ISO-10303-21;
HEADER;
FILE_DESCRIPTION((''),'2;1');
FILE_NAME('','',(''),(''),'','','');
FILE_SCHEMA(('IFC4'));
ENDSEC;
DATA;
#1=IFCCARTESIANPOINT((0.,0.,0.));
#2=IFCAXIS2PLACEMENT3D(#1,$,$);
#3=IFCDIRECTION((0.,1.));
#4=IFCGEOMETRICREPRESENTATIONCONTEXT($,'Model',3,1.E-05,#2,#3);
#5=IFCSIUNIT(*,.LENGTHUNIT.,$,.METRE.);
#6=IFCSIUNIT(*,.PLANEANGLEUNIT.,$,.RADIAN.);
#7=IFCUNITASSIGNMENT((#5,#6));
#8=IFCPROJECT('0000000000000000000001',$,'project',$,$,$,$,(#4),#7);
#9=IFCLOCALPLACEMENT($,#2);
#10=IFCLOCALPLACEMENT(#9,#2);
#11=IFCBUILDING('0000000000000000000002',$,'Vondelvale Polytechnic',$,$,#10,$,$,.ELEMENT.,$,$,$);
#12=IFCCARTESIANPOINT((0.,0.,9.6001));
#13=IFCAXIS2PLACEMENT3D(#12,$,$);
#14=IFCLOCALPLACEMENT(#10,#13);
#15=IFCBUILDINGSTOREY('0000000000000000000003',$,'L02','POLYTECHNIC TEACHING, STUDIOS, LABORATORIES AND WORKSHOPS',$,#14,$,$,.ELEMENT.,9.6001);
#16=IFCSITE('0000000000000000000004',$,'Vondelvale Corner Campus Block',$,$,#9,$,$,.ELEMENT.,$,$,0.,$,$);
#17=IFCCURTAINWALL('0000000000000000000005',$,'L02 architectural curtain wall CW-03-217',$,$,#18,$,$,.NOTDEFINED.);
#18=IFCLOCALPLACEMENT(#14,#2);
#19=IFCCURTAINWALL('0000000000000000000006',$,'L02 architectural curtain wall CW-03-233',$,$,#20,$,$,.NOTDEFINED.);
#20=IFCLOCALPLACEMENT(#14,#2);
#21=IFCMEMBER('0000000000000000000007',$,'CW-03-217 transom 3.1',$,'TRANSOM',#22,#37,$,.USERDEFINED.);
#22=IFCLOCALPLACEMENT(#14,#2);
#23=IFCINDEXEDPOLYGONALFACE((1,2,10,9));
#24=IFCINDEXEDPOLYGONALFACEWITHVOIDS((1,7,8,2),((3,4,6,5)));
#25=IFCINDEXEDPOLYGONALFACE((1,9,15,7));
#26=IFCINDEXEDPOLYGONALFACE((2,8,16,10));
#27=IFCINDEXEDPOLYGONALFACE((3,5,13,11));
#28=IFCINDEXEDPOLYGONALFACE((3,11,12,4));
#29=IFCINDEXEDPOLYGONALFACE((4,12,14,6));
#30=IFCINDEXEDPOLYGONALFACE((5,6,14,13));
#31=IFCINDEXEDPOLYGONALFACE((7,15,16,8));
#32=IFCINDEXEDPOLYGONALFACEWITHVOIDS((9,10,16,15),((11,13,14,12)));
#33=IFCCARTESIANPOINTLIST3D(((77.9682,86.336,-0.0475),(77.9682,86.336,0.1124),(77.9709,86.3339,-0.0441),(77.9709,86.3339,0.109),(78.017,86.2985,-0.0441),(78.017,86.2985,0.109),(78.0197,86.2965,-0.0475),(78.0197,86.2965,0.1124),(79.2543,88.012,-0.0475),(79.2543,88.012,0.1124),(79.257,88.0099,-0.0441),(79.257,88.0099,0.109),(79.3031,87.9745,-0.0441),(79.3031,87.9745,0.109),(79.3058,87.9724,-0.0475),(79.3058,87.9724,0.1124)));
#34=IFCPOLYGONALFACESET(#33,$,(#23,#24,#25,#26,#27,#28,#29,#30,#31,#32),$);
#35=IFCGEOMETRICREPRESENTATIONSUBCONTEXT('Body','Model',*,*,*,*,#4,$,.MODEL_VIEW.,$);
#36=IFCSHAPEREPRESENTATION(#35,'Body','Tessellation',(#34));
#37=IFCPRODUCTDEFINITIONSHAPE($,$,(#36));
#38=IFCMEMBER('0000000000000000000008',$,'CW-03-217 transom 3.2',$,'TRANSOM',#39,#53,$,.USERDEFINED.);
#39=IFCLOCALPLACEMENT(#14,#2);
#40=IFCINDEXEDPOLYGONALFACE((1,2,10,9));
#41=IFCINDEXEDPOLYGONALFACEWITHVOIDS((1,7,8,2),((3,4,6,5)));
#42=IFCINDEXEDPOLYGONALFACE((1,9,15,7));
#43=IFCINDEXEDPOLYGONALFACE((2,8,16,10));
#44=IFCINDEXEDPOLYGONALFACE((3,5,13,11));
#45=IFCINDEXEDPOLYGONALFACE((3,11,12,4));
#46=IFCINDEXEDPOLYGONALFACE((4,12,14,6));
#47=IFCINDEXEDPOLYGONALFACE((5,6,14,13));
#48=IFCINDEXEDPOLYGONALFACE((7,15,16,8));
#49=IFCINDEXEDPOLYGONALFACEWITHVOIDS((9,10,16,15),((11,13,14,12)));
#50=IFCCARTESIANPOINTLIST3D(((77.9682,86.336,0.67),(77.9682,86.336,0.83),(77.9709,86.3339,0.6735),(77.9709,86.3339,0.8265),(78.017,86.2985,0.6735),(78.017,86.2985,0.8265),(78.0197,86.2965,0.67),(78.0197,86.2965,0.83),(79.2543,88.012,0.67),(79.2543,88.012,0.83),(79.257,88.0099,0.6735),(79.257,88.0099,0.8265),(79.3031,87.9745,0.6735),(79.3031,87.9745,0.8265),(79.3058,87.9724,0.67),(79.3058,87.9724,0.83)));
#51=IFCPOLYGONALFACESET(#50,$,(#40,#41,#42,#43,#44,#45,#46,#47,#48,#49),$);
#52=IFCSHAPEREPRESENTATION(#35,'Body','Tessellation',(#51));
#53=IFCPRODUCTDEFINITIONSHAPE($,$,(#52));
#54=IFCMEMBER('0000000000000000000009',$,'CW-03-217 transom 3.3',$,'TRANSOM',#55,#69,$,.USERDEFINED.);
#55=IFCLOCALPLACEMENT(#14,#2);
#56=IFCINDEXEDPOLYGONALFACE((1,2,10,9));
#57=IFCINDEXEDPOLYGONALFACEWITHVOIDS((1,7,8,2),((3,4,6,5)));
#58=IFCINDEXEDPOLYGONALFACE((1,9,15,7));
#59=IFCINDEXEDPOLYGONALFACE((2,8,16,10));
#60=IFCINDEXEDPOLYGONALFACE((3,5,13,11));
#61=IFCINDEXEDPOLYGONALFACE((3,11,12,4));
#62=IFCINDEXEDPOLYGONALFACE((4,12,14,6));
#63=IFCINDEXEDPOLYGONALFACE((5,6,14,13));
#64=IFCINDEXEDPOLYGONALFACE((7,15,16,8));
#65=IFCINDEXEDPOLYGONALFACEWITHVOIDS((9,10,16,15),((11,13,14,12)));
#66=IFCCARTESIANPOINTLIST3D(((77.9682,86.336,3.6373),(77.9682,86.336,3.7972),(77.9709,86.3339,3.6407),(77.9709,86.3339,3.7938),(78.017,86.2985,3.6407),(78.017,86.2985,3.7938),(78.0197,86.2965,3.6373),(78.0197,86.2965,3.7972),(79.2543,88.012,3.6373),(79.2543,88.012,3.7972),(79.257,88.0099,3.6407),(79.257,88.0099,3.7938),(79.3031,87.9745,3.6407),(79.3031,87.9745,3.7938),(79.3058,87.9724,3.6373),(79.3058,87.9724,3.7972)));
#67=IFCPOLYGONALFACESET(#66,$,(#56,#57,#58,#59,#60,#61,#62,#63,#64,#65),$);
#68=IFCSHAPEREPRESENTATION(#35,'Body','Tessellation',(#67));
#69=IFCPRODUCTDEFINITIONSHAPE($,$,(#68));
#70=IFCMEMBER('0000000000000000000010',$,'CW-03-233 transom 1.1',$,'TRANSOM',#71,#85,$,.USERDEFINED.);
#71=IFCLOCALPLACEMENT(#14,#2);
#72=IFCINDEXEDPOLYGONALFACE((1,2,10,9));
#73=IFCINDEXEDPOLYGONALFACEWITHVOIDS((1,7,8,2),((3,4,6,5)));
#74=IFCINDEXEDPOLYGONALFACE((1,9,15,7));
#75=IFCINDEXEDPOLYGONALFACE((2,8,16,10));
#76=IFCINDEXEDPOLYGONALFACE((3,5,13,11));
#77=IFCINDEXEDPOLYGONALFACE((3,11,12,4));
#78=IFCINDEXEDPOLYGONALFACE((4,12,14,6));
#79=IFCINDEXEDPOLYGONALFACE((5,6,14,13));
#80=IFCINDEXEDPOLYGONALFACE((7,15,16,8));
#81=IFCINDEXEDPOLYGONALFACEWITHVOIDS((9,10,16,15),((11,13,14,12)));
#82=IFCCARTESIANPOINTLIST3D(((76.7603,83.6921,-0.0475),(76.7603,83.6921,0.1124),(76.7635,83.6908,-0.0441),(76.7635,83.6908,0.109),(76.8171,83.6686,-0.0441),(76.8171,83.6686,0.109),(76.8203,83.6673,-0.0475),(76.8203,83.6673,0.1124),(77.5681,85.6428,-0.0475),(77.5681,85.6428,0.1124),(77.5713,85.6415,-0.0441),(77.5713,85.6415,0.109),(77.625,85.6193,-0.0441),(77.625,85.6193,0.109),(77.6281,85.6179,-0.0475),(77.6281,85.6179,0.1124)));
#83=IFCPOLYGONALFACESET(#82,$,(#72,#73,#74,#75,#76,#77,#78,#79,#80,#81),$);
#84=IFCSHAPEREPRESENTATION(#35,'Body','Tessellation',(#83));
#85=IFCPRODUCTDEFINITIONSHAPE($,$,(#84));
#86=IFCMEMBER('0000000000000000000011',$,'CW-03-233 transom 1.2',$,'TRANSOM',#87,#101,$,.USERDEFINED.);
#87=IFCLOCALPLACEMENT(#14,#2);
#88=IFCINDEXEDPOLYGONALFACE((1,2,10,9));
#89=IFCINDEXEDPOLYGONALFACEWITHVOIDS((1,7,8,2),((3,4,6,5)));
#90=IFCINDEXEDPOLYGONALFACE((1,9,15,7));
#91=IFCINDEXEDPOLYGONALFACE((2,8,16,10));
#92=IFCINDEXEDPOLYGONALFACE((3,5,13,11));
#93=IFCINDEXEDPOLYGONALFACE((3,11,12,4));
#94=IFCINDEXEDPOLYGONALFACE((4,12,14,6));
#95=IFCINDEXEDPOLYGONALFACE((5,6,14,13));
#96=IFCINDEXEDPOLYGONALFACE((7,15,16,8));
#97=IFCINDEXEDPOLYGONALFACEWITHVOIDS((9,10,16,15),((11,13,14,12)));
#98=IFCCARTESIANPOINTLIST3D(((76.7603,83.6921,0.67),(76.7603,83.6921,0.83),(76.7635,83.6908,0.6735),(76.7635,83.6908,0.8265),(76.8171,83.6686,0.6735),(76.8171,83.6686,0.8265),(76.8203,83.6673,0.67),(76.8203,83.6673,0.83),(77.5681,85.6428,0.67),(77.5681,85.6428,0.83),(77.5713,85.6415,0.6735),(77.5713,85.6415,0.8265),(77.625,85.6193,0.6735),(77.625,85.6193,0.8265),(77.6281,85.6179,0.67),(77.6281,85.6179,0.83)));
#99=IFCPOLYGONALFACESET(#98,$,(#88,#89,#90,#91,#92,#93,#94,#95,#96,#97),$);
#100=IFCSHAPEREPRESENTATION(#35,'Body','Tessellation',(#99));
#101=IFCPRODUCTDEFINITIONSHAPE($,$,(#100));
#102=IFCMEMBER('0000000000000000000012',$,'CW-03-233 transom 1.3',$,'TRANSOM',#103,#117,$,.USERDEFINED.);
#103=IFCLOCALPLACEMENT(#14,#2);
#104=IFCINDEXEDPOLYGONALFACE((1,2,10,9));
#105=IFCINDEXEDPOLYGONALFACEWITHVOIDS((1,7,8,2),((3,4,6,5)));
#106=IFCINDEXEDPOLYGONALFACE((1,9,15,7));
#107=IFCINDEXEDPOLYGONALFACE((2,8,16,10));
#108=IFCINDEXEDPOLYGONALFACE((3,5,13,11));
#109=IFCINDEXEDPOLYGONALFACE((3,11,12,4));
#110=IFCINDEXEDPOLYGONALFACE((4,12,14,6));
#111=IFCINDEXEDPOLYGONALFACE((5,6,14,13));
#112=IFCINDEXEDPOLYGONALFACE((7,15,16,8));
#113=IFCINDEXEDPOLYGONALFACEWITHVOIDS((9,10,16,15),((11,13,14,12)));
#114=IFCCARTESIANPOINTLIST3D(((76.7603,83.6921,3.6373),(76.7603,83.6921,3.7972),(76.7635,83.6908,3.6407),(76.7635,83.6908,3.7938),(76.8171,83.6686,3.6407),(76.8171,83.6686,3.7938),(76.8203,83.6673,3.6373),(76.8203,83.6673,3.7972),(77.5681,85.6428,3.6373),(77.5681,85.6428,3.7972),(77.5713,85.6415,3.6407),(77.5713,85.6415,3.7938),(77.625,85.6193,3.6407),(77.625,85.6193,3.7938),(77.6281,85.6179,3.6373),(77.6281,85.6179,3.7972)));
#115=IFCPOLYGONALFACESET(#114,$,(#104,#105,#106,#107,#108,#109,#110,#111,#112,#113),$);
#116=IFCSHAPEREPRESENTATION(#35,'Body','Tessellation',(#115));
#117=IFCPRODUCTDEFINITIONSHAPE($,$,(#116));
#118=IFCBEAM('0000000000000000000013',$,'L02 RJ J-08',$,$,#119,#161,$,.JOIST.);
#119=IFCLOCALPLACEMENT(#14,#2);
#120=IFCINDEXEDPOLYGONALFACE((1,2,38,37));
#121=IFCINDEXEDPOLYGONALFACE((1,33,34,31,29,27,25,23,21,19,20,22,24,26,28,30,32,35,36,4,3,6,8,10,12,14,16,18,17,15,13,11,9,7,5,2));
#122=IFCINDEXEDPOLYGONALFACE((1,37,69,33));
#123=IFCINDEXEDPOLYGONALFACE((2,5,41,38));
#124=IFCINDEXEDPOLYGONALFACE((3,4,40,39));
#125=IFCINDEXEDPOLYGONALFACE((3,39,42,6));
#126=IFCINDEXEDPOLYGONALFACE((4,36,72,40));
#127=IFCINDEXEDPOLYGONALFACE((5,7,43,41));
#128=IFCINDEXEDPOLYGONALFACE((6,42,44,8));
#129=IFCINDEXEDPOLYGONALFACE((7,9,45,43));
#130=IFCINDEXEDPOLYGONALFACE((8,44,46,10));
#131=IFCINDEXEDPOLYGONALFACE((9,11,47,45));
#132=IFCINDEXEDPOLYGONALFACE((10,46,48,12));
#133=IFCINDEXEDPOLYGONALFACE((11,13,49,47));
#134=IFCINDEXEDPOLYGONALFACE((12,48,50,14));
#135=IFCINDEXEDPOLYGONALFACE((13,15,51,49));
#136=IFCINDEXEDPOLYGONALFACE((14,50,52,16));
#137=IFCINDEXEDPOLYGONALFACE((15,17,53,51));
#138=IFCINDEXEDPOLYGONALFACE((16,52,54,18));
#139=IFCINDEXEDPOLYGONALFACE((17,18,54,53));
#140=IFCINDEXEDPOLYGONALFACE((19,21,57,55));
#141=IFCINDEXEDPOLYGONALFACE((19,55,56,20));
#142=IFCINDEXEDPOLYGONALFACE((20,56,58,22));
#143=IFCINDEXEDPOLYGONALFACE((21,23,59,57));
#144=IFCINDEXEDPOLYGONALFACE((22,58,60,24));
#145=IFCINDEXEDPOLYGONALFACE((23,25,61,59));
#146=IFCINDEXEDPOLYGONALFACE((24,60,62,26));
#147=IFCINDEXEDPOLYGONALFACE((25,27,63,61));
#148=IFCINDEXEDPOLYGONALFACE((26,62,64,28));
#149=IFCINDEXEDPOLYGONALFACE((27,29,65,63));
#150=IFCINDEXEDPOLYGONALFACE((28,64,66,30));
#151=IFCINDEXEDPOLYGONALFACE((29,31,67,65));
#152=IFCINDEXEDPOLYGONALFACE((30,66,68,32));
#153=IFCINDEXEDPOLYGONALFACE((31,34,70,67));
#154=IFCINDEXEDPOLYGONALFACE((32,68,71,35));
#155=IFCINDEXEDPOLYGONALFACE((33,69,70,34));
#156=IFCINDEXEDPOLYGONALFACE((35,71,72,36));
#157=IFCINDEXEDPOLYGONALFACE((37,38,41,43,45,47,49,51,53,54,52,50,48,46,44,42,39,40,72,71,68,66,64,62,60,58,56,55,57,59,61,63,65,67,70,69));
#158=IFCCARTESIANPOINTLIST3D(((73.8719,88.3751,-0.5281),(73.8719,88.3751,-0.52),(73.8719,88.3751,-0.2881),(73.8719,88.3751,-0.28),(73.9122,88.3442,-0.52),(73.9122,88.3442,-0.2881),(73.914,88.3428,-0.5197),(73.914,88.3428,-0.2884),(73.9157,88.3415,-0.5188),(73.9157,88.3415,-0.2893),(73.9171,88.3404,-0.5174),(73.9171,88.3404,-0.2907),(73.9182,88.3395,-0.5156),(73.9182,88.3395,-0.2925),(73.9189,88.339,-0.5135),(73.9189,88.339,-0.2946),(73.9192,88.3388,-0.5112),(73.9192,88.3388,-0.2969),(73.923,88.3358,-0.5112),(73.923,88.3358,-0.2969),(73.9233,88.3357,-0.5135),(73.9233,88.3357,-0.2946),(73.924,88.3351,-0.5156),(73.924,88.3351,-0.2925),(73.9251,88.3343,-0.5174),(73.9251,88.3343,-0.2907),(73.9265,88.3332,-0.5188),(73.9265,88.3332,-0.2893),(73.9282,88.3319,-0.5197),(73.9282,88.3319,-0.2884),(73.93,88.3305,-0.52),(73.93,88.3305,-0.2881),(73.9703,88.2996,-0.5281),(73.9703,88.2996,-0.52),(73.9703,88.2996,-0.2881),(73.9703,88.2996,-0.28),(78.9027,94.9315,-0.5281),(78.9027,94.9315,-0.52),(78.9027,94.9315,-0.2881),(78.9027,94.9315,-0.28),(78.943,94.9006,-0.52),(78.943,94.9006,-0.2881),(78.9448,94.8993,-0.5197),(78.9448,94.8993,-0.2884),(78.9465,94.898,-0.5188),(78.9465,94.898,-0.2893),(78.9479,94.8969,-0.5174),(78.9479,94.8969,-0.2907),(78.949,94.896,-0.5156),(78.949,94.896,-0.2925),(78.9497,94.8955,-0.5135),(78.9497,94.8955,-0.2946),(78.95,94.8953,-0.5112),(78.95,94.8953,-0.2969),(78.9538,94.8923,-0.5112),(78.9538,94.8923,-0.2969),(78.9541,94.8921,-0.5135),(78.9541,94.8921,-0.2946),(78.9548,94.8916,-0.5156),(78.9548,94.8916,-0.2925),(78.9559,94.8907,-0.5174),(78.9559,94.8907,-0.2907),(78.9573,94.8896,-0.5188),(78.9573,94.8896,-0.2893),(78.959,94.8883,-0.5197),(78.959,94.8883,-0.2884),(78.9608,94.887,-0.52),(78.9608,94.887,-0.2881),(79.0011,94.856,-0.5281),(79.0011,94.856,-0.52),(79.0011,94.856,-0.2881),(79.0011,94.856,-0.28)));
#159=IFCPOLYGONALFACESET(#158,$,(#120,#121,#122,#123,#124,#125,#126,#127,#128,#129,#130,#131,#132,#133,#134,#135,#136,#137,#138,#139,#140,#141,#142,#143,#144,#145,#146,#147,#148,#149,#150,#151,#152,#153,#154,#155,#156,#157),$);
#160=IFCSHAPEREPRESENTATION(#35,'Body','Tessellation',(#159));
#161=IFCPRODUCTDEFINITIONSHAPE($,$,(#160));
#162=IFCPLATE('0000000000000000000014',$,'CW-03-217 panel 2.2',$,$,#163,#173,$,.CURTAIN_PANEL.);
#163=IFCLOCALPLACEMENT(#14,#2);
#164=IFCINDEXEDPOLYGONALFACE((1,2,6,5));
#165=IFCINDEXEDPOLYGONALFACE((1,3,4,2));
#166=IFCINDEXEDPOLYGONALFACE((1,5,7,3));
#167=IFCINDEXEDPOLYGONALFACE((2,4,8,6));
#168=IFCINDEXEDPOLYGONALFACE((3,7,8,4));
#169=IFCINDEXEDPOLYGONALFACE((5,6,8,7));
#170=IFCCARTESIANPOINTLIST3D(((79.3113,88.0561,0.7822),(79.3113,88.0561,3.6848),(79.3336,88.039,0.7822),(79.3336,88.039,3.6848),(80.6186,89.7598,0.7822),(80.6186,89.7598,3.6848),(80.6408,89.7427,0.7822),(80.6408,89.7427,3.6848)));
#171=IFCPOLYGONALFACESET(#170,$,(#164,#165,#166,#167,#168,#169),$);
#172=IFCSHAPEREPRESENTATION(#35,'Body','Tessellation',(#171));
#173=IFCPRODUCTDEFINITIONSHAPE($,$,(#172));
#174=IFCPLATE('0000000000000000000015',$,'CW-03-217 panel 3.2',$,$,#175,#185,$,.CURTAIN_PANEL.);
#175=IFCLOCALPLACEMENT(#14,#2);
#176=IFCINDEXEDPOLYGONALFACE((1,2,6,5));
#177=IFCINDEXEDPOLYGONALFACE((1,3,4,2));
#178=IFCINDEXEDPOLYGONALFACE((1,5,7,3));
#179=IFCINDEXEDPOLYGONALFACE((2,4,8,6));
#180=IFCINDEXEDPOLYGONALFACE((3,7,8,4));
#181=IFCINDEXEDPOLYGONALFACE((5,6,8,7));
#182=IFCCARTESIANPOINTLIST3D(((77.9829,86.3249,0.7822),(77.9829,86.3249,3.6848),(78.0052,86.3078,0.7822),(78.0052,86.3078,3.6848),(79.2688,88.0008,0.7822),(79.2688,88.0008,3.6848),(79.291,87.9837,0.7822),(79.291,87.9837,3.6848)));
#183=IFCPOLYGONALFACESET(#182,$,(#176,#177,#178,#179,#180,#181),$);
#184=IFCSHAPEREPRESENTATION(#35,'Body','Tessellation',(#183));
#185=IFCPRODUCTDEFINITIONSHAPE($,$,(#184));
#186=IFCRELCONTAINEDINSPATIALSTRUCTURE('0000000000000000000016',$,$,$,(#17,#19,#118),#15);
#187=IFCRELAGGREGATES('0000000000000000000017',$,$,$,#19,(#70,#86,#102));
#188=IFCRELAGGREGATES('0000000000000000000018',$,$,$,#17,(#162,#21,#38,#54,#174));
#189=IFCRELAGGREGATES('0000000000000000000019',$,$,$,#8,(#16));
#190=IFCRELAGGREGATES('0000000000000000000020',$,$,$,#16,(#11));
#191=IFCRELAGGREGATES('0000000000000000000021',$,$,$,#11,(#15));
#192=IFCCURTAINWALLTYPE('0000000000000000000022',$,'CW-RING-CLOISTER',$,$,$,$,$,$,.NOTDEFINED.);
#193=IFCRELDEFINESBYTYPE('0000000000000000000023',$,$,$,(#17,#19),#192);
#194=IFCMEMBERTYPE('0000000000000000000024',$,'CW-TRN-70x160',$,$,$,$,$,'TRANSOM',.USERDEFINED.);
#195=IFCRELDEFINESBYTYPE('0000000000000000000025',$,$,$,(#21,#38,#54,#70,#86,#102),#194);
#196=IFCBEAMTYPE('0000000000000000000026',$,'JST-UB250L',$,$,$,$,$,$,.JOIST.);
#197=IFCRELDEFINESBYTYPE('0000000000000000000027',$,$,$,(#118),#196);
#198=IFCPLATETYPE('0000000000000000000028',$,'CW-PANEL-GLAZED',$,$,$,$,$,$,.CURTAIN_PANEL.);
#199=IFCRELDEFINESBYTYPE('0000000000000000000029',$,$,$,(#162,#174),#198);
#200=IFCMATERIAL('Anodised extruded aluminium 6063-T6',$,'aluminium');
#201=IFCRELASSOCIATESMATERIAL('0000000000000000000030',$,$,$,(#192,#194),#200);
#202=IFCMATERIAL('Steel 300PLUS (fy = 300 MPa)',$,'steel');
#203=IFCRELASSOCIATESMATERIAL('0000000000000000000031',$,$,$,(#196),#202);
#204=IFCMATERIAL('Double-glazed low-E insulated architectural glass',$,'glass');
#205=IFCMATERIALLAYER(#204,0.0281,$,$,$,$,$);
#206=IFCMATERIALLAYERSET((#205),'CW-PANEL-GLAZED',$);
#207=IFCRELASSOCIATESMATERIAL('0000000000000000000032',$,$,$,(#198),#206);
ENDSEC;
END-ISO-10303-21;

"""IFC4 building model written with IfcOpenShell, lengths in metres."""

from ifc_helpers import new_model, si_unit, direction, frame, origin, origin_2d, place, context, subcontext, project, spatial, rectangle, hollow_rectangle, i_section, extrude, material, layer, layer_set, material_profile, profile_set, type_object, element, aggregate, save


model = new_model("IFC4")

# Units and contexts
model_context = context("Model", 3, precision=1e-05, world=origin(), true_north=direction((0.0, 1.0)))
body_context = subcontext(model_context, "Body", "Model", "MODEL_VIEW")
ifc_project = project(units=[si_unit("LENGTHUNIT", "METRE"), si_unit("PLANEANGLEUNIT", "RADIAN")], contexts=[model_context])

# Site, building, storey
site_placement = place(None, origin())
site = spatial("IfcSite", under=ifc_project, at=site_placement, Name="Vondelvale Corner Campus Block", CompositionType="ELEMENT", RefElevation=0.0)
building_placement = place(site_placement, origin())
building = spatial("IfcBuilding", under=site, at=building_placement, Name="Vondelvale Polytechnic", CompositionType="ELEMENT")
storey_placement = place(building_placement, frame((0.0, 0.0, 9.6001)))
storey = spatial("IfcBuildingStorey", under=building, at=storey_placement, Name="L02", Description="POLYTECHNIC TEACHING, STUDIOS, LABORATORIES AND WORKSHOPS", CompositionType="ELEMENT", Elevation=9.6001)

# Shared definitions
ifc_material_1 = material(Name="Steel 300PLUS (fy = 300 MPa)", Category="steel")

# Curtain wall
ifc_material_2 = material(Name="Anodised extruded aluminium 6063-T6", Category="aluminium")
curtain_wall_type = type_object("IfcCurtainWallType", Name="CW-RING-CLOISTER", PredefinedType="NOTDEFINED", material=ifc_material_2)
curtain_wall_1_placement = place(storey_placement, origin())
curtain_wall_1 = element("IfcCurtainWall", 1, at=curtain_wall_1_placement, inside=storey, type_object=curtain_wall_type, Name="L02 architectural curtain wall CW-03-217", PredefinedType="NOTDEFINED")

# Curtain wall
curtain_wall_2_placement = place(storey_placement, origin())
curtain_wall_2 = element("IfcCurtainWall", 2, at=curtain_wall_2_placement, inside=storey, type_object=curtain_wall_type, Name="L02 architectural curtain wall CW-03-233", PredefinedType="NOTDEFINED")

# Members
ifc_material_profile_1 = material_profile(ifc_material_2, hollow_rectangle(XDim=0.0649, YDim=0.1599, WallThickness=0.0034, at=origin_2d()), Name="CW-TRN-160x65")
ifc_profile_set_1 = profile_set([ifc_material_profile_1], Name="Anodised extruded aluminium 6063-T6")
member_type_1 = type_object("IfcMemberType", Name="CW-TRN-70x160", ElementType="TRANSOM", PredefinedType="USERDEFINED", material=ifc_profile_set_1)
member_1_placement = place(storey_placement, frame((79.28, 87.9922, 0.0325), z_axis=(-0.608783, -0.793337, 0.0), x_axis=(0.793337, -0.608783, 0.0)))
member_1 = element("IfcMember", 3, at=member_1_placement, type_object=member_type_1, Name="CW-03-217 transom 3.1", ObjectType="TRANSOM", PredefinedType="USERDEFINED", context=body_context, shape_type="SweptSolid", body=[
    extrude(hollow_rectangle(XDim=0.0649, YDim=0.1599, WallThickness=0.0034, at=origin_2d()), origin(), (0.0, 0.0, 1.0), 2.1125),
])
member_2_placement = place(storey_placement, frame((79.28, 87.9922, 0.75), z_axis=(-0.608783, -0.793337, 0.0), x_axis=(0.793337, -0.608783, 0.0)))
member_2 = element("IfcMember", 4, at=member_2_placement, type_object=member_type_1, Name="CW-03-217 transom 3.2", ObjectType="TRANSOM", PredefinedType="USERDEFINED", context=body_context, shape_type="SweptSolid", body=[
    extrude(hollow_rectangle(XDim=0.0649, YDim=0.1599, WallThickness=0.0034, at=origin_2d()), origin(), (0.0, 0.0, 1.0), 2.1125),
])
member_3_placement = place(storey_placement, frame((79.28, 87.9922, 3.7173), z_axis=(-0.608783, -0.793337, 0.0), x_axis=(0.793337, -0.608783, 0.0)))
member_3 = element("IfcMember", 5, at=member_3_placement, type_object=member_type_1, Name="CW-03-217 transom 3.3", ObjectType="TRANSOM", PredefinedType="USERDEFINED", context=body_context, shape_type="SweptSolid", body=[
    extrude(hollow_rectangle(XDim=0.0649, YDim=0.1599, WallThickness=0.0034, at=origin_2d()), origin(), (0.0, 0.0, 1.0), 2.1125),
])
member_4_placement = place(storey_placement, frame((77.5981, 85.6304, 0.0325), z_axis=(-0.382628, -0.923903, 0.0), x_axis=(0.923903, -0.382628, 0.0)))
member_4 = element("IfcMember", 6, at=member_4_placement, type_object=member_type_1, Name="CW-03-233 transom 1.1", ObjectType="TRANSOM", PredefinedType="USERDEFINED", context=body_context, shape_type="SweptSolid", body=[
    extrude(hollow_rectangle(XDim=0.0649, YDim=0.1599, WallThickness=0.0034, at=origin_2d()), origin(), (0.0, 0.0, 1.0), 2.1113),
])
member_5_placement = place(storey_placement, frame((77.5981, 85.6304, 0.75), z_axis=(-0.382628, -0.923903, 0.0), x_axis=(0.923903, -0.382628, 0.0)))
member_5 = element("IfcMember", 7, at=member_5_placement, type_object=member_type_1, Name="CW-03-233 transom 1.2", ObjectType="TRANSOM", PredefinedType="USERDEFINED", context=body_context, shape_type="SweptSolid", body=[
    extrude(hollow_rectangle(XDim=0.0649, YDim=0.1599, WallThickness=0.0034, at=origin_2d()), origin(), (0.0, 0.0, 1.0), 2.1113),
])
member_6_placement = place(storey_placement, frame((77.5981, 85.6304, 3.7173), z_axis=(-0.382628, -0.923903, 0.0), x_axis=(0.923903, -0.382628, 0.0)))
member_6 = element("IfcMember", 8, at=member_6_placement, type_object=member_type_1, Name="CW-03-233 transom 1.3", ObjectType="TRANSOM", PredefinedType="USERDEFINED", context=body_context, shape_type="SweptSolid", body=[
    extrude(hollow_rectangle(XDim=0.0649, YDim=0.1599, WallThickness=0.0034, at=origin_2d()), origin(), (0.0, 0.0, 1.0), 2.1113),
])

# Beam
ifc_material_profile_2 = material_profile(ifc_material_1, i_section(OverallWidth=0.124, OverallDepth=0.248, WebThickness=0.0049, FlangeThickness=0.0081, FilletRadius=0.0088, at=origin_2d()), Name="250UB25.7")
ifc_profile_set_2 = profile_set([ifc_material_profile_2], Name="Steel 300PLUS (fy = 300 MPa)")
beam_type_1 = type_object("IfcBeamType", Name="JST-UB250L", PredefinedType="JOIST", material=ifc_profile_set_2)
beam_1_placement = place(storey_placement, frame((78.9519, 94.8938, -0.4041), z_axis=(-0.608751, -0.793361, 0.0), x_axis=(0.793361, -0.608751, 0.0)))
element("IfcBeam", 9, at=beam_1_placement, inside=storey, type_object=beam_type_1, Name="L02 RJ J-08", PredefinedType="JOIST", context=body_context, shape_type="SweptSolid", body=[
    extrude(i_section(OverallWidth=0.124, OverallDepth=0.248, WebThickness=0.0049, FlangeThickness=0.0081, FilletRadius=0.0088, at=origin_2d()), origin(), (0.0, 0.0, 1.0), 8.2642),
])

# Plates
ifc_material_3 = material(Name="Double-glazed low-E insulated architectural glass", Category="glass")
ifc_layer_1 = layer(ifc_material_3, 0.0281)
ifc_layer_set_1 = layer_set([ifc_layer_1], Name="CW-PANEL-GLAZED")
plate_type_1 = type_object("IfcPlateType", Name="CW-PANEL-GLAZED", PredefinedType="CURTAIN_PANEL", material=ifc_layer_set_1)
plate_1_placement = place(storey_placement, frame((79.9761, 88.8994, 0.7822), z_axis=(0.0, 0.0, 1.0), x_axis=(-0.608748, -0.793364, 0.0)))
plate_1 = element("IfcPlate", 10, at=plate_1_placement, type_object=plate_type_1, Name="CW-03-217 panel 2.2", PredefinedType="CURTAIN_PANEL", context=body_context, shape_type="SweptSolid", body=[
    extrude(rectangle(XDim=2.1475, YDim=0.0281, at=origin_2d()), origin(), (0.0, 0.0, 1.0), 2.9026),
])
plate_2_placement = place(storey_placement, frame((78.637, 87.1543, 0.7822), z_axis=(0.0, 0.0, 1.0), x_axis=(-0.608748, -0.793364, 0.0)))
plate_2 = element("IfcPlate", 11, at=plate_2_placement, type_object=plate_type_1, Name="CW-03-217 panel 3.2", PredefinedType="CURTAIN_PANEL", context=body_context, shape_type="SweptSolid", body=[
    extrude(rectangle(XDim=2.1123, YDim=0.0281, at=origin_2d()), origin(), (0.0, 0.0, 1.0), 2.9026),
])
aggregate(curtain_wall_2, [member_4, member_5, member_6])
aggregate(curtain_wall_1, [plate_1, member_1, member_2, member_3, plate_2])

save(model, "model.ifc")
